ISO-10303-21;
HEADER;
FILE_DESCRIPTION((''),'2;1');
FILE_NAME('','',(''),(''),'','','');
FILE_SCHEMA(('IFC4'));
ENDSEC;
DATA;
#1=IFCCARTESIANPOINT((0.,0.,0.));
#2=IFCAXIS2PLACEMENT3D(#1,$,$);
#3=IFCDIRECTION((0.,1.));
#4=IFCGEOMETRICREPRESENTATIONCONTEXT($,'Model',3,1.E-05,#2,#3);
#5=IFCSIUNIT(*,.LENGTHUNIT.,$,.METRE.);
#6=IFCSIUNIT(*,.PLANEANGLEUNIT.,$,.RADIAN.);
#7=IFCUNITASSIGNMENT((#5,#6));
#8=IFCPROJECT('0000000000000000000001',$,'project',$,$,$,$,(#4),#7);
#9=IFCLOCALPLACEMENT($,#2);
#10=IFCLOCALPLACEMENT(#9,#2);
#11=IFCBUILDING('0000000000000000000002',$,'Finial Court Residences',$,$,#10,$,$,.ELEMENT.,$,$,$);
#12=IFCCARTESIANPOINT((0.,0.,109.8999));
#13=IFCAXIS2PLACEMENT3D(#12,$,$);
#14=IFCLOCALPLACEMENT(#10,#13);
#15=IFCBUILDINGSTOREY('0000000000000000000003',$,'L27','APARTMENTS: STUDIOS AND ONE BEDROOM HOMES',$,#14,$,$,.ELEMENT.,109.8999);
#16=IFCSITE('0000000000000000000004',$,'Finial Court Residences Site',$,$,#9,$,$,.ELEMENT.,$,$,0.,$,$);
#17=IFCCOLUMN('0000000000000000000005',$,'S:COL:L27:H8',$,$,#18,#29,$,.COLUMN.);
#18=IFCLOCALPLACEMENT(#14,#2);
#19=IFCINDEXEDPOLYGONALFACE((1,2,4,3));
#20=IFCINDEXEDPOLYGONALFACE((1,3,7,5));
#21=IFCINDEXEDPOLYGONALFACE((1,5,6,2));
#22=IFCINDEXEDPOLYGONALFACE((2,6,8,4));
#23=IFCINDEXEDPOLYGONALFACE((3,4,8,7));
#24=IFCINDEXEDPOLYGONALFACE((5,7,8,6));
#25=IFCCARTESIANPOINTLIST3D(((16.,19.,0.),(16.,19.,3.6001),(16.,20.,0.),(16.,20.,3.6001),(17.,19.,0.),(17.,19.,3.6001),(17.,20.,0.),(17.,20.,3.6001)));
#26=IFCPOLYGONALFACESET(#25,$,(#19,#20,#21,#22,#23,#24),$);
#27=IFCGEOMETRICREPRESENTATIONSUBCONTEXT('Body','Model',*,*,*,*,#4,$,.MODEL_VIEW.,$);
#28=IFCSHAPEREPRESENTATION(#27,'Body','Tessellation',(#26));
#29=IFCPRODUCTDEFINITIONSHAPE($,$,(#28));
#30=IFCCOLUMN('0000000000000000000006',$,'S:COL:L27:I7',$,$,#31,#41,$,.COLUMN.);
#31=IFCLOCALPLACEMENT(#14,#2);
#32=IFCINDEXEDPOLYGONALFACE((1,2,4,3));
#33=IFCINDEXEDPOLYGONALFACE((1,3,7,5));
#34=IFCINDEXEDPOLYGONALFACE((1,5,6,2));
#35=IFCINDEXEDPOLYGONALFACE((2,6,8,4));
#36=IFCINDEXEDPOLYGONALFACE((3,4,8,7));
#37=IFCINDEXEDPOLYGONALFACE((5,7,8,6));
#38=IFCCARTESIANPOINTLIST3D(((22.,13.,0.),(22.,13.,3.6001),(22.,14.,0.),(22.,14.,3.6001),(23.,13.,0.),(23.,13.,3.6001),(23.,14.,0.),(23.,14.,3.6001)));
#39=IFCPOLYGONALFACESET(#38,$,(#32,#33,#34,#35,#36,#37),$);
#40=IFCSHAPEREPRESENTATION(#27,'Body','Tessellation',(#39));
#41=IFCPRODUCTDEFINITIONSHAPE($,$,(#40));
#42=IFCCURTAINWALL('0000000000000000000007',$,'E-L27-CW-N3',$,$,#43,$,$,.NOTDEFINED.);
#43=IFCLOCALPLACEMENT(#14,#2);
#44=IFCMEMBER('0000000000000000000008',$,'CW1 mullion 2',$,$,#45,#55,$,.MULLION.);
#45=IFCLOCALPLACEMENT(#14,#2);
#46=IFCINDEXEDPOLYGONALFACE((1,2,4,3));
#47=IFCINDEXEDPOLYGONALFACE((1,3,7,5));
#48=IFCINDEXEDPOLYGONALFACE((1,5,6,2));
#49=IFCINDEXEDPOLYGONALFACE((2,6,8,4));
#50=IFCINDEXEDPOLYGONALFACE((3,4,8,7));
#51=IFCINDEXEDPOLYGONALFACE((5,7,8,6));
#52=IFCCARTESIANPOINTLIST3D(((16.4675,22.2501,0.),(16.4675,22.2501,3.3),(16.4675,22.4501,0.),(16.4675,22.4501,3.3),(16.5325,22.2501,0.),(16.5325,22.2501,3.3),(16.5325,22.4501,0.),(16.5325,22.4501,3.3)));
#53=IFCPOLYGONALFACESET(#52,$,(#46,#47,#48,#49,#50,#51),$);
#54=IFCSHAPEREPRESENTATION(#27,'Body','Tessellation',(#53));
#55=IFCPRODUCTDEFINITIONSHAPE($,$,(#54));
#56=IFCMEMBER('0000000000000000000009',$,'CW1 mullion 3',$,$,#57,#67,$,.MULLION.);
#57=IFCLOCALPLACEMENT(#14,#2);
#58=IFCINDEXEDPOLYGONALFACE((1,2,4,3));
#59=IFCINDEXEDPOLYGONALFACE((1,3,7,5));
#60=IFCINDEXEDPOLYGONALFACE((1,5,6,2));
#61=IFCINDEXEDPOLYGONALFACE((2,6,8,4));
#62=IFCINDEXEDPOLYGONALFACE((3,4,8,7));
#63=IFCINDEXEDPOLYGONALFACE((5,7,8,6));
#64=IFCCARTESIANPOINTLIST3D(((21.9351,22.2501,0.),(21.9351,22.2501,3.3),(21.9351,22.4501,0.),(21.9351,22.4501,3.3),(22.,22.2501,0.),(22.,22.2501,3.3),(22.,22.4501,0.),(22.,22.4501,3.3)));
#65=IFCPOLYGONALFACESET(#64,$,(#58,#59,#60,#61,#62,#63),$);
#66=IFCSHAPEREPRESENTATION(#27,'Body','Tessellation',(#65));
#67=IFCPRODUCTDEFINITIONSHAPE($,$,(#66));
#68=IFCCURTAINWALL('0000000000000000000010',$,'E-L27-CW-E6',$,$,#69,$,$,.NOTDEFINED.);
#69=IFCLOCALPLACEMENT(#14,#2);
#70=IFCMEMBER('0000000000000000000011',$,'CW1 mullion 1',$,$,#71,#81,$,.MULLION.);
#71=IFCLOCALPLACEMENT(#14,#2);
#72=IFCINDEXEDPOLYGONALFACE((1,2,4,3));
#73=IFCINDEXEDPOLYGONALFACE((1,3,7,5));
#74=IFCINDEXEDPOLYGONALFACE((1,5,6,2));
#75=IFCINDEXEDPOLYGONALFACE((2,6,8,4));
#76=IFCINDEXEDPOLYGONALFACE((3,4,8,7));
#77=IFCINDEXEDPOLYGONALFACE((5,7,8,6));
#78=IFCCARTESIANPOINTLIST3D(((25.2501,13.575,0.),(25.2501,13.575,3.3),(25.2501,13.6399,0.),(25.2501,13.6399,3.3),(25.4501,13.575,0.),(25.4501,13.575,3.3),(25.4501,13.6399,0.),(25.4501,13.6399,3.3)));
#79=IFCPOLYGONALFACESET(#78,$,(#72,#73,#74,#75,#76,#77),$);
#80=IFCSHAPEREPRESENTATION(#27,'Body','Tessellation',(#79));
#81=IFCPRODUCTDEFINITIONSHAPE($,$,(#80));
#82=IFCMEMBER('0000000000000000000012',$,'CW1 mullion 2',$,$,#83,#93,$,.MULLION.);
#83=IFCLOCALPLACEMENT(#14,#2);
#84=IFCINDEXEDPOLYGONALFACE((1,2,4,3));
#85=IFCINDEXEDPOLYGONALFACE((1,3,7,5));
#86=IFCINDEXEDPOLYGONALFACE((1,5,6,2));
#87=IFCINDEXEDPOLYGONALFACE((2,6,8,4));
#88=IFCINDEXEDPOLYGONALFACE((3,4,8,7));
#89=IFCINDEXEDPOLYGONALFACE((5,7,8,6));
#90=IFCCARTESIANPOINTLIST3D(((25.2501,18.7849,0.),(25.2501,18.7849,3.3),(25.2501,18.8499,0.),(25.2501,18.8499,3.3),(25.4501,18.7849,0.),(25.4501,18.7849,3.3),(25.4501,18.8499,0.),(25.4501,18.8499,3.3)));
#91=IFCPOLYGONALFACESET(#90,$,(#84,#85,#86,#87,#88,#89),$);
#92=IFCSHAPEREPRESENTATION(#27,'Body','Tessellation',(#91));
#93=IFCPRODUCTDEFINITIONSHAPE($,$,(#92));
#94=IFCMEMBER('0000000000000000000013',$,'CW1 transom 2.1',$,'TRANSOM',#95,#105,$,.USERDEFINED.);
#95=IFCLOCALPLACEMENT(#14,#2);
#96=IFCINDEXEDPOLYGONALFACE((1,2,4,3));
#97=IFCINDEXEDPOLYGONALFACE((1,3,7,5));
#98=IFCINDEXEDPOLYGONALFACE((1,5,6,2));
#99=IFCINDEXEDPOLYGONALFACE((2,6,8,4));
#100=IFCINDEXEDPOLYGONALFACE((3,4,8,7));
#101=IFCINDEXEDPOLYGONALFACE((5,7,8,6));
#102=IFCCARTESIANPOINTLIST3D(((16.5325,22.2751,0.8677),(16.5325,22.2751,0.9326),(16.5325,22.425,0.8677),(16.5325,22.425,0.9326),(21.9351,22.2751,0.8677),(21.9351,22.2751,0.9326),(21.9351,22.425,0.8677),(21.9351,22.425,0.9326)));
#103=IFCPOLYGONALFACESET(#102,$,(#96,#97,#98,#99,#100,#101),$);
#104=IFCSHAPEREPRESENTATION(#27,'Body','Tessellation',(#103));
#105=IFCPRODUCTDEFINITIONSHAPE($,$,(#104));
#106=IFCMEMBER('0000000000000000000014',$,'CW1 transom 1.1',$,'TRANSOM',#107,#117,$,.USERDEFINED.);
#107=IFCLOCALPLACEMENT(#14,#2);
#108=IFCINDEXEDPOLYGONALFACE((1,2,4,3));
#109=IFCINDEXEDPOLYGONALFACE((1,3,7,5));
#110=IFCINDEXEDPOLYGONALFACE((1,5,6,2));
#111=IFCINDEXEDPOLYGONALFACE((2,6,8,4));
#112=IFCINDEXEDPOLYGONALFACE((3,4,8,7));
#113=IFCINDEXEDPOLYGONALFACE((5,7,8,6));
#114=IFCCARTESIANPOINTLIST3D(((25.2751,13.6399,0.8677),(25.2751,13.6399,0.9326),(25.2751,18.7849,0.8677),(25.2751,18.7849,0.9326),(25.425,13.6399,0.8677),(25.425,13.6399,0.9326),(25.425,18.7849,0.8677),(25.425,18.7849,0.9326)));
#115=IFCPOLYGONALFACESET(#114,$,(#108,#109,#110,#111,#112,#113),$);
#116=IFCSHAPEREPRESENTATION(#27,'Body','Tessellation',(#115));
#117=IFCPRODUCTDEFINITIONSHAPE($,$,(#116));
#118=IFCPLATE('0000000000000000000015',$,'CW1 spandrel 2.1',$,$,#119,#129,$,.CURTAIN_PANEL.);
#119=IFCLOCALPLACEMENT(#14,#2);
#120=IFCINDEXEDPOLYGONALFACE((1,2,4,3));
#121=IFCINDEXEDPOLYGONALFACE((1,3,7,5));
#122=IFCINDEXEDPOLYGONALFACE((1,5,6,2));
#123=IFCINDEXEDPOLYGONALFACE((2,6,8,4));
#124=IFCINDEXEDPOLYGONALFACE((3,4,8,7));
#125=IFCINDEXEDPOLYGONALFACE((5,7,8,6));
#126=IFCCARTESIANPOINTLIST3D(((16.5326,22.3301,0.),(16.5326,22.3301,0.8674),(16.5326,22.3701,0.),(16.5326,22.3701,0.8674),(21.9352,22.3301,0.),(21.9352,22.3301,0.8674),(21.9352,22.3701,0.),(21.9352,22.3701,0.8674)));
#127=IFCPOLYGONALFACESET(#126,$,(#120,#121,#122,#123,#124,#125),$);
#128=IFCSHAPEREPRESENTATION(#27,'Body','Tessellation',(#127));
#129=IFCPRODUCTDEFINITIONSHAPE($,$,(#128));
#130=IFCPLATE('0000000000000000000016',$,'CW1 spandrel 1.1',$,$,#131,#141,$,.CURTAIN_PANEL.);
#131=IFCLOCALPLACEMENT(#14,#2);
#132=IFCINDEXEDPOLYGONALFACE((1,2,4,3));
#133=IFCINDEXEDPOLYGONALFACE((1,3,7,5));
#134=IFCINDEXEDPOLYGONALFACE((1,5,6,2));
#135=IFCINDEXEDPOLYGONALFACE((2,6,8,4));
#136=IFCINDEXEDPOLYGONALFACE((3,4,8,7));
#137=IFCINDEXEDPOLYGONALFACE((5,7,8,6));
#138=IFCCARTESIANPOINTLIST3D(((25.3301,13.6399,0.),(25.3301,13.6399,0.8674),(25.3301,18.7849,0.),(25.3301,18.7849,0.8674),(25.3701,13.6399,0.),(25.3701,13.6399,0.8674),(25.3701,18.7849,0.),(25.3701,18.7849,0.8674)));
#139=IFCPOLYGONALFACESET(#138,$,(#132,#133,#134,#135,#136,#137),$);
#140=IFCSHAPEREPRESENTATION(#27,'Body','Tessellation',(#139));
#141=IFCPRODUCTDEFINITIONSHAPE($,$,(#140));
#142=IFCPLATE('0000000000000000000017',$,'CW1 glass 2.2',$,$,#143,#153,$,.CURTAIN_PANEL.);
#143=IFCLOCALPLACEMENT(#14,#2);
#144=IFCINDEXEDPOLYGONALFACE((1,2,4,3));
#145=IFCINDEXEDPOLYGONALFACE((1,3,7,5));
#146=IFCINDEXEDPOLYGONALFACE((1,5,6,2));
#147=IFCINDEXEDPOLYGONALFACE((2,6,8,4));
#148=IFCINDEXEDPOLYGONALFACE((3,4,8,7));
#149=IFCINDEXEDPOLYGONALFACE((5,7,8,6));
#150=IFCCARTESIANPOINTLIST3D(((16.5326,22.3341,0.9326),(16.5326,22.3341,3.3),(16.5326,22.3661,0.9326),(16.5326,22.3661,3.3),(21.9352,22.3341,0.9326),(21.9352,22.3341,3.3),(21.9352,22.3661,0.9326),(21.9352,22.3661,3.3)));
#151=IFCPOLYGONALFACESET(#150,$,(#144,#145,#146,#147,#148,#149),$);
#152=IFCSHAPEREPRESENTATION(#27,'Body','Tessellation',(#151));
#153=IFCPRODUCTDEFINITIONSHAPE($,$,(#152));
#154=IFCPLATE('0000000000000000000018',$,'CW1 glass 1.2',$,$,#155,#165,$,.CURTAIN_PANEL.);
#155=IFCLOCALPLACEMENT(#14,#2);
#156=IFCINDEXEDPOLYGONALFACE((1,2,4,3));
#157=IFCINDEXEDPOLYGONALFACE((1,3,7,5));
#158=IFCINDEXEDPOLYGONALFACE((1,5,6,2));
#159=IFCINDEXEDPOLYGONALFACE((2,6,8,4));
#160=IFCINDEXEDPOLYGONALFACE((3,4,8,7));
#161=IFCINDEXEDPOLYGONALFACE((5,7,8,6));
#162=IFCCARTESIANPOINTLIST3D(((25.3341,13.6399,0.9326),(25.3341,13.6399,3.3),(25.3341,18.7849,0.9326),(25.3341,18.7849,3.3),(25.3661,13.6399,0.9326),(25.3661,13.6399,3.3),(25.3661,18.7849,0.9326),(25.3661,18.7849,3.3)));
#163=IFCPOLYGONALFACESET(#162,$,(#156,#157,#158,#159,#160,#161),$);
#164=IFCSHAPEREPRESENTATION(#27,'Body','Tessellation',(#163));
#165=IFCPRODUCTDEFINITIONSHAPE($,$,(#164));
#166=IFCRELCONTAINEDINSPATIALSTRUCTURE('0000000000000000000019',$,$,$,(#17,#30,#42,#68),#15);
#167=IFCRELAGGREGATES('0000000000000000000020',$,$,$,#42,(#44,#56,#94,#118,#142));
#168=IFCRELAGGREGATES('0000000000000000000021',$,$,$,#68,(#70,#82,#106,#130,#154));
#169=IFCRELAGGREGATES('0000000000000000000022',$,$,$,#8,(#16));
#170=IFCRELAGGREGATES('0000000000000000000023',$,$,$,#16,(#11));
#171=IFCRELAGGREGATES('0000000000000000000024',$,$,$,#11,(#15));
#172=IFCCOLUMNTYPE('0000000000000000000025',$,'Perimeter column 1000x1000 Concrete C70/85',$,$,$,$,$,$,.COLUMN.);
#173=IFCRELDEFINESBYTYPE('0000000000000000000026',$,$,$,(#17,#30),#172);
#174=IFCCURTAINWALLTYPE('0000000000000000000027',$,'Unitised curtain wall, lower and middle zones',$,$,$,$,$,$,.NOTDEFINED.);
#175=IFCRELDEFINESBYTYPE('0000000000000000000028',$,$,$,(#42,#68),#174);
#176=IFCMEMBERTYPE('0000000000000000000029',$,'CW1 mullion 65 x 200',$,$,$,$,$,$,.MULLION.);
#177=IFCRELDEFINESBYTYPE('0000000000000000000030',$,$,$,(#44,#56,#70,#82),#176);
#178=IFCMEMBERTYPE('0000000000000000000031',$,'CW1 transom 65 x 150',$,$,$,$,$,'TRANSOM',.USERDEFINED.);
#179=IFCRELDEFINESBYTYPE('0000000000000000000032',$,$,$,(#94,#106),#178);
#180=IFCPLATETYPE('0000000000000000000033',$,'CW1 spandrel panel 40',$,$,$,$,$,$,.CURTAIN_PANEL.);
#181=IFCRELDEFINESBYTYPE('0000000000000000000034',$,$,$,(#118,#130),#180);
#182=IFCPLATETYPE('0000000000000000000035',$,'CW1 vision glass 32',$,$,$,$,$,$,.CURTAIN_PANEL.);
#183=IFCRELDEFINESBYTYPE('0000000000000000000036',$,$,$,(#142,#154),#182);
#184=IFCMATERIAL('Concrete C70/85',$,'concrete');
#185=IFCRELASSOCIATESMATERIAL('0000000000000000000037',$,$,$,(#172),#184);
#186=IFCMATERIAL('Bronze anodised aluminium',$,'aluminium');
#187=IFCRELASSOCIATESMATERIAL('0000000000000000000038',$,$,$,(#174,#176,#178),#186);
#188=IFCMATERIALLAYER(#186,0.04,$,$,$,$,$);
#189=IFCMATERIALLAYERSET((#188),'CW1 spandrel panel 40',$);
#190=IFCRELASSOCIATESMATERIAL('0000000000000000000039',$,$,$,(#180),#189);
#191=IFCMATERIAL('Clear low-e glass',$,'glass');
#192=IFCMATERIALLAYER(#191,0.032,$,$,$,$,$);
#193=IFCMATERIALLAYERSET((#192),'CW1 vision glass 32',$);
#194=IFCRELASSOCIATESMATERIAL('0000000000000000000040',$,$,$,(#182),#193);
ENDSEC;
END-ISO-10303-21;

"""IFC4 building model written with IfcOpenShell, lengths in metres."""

from ifc_helpers import new_model, si_unit, direction, frame, origin, origin_2d, place, context, subcontext, project, spatial, rectangle, extrude, material, layer, layer_set, material_profile, profile_set, type_object, element, aggregate, save


model = new_model("IFC4")

# Units and contexts
model_context = context("Model", 3, precision=1e-05, world=origin(), true_north=direction((0.0, 1.0)))
body_context = subcontext(model_context, "Body", "Model", "MODEL_VIEW")
ifc_project = project(units=[si_unit("LENGTHUNIT", "METRE"), si_unit("PLANEANGLEUNIT", "RADIAN")], contexts=[model_context])

# Site, building, storey
site_placement = place(None, origin())
site = spatial("IfcSite", under=ifc_project, at=site_placement, Name="Finial Court Residences Site", CompositionType="ELEMENT", RefElevation=0.0)
building_placement = place(site_placement, origin())
building = spatial("IfcBuilding", under=site, at=building_placement, Name="Finial Court Residences", CompositionType="ELEMENT")
storey_placement = place(building_placement, frame((0.0, 0.0, 109.8999)))
storey = spatial("IfcBuildingStorey", under=building, at=storey_placement, Name="L27", Description="APARTMENTS: STUDIOS AND ONE BEDROOM HOMES", CompositionType="ELEMENT", Elevation=109.8999)

# Columns
ifc_material_1 = material(Name="Concrete C70/85", Category="concrete")
ifc_material_profile_1 = material_profile(ifc_material_1, rectangle(XDim=1.0, YDim=1.0, at=origin_2d()), Name="1000x1000")
ifc_profile_set_1 = profile_set([ifc_material_profile_1], Name="Concrete C70/85")
column_type = type_object("IfcColumnType", Name="Perimeter column 1000x1000 Concrete C70/85", PredefinedType="COLUMN", material=ifc_profile_set_1)
for number, where, z_axis, x_axis, name in (
    (1, (16.5, 19.5, 0.0), (0.0, 0.0, 1.0), (1.0, 0.0, 0.0), "S:COL:L27:H8"),
    (2, (22.5, 13.5, 0.0), (0.0, 0.0, 1.0), (1.0, 0.0, 0.0), "S:COL:L27:I7"),
):
    element("IfcColumn", number, at=place(storey_placement, frame(where, z_axis=z_axis, x_axis=x_axis)), inside=storey, type_object=column_type, Name=name, PredefinedType="COLUMN", context=body_context, shape_type="SweptSolid", body=[
        extrude(rectangle(XDim=1.0, YDim=1.0, at=origin_2d()), origin(), (0.0, 0.0, 1.0), 3.6001),
    ])

# Curtain walls, members
ifc_material_2 = material(Name="Bronze anodised aluminium", Category="aluminium")
curtain_wall_type = type_object("IfcCurtainWallType", Name="Unitised curtain wall, lower and middle zones", PredefinedType="NOTDEFINED", material=ifc_material_2)
curtain_wall_1_placement = place(storey_placement, origin())
curtain_wall_1 = element("IfcCurtainWall", 3, at=curtain_wall_1_placement, inside=storey, type_object=curtain_wall_type, Name="E-L27-CW-N3", PredefinedType="NOTDEFINED")
ifc_material_profile_2 = material_profile(ifc_material_2, rectangle(XDim=0.2, YDim=0.0649, at=origin_2d()), Name="CW1 mullion 65 x 200")
ifc_profile_set_2 = profile_set([ifc_material_profile_2], Name="Bronze anodised aluminium")
member_type_1 = type_object("IfcMemberType", Name="CW1 mullion 65 x 200", PredefinedType="MULLION", material=ifc_profile_set_2)
member_1_placement = place(storey_placement, frame((16.5, 22.3501, 0.0), z_axis=(0.0, 0.0, 1.0), x_axis=(0.0, 1.0, 0.0)))
member_1 = element("IfcMember", 4, at=member_1_placement, type_object=member_type_1, Name="CW1 mullion 2", PredefinedType="MULLION", context=body_context, shape_type="SweptSolid", body=[
    extrude(rectangle(XDim=0.2, YDim=0.0649, at=origin_2d()), origin(), (0.0, 0.0, 1.0), 3.3),
])
member_2_placement = place(storey_placement, frame((21.9675, 22.3501, 0.0), z_axis=(0.0, 0.0, 1.0), x_axis=(0.0, 1.0, 0.0)))
member_2 = element("IfcMember", 5, at=member_2_placement, type_object=member_type_1, Name="CW1 mullion 3", PredefinedType="MULLION", context=body_context, shape_type="SweptSolid", body=[
    extrude(rectangle(XDim=0.2, YDim=0.0649, at=origin_2d()), origin(), (0.0, 0.0, 1.0), 3.3),
])
curtain_wall_2_placement = place(storey_placement, origin())
curtain_wall_2 = element("IfcCurtainWall", 6, at=curtain_wall_2_placement, inside=storey, type_object=curtain_wall_type, Name="E-L27-CW-E6", PredefinedType="NOTDEFINED")
member_3_placement = place(storey_placement, frame((25.3501, 13.6074, 0.0), z_axis=(0.0, 0.0, 1.0), x_axis=(-1.0, 0.0, 0.0)))
member_3 = element("IfcMember", 7, at=member_3_placement, type_object=member_type_1, Name="CW1 mullion 1", PredefinedType="MULLION", context=body_context, shape_type="SweptSolid", body=[
    extrude(rectangle(XDim=0.2, YDim=0.0649, at=origin_2d()), origin(), (0.0, 0.0, 1.0), 3.3),
])
member_4_placement = place(storey_placement, frame((25.3501, 18.8174, 0.0), z_axis=(0.0, 0.0, 1.0), x_axis=(-1.0, 0.0, 0.0)))
member_4 = element("IfcMember", 8, at=member_4_placement, type_object=member_type_1, Name="CW1 mullion 2", PredefinedType="MULLION", context=body_context, shape_type="SweptSolid", body=[
    extrude(rectangle(XDim=0.2, YDim=0.0649, at=origin_2d()), origin(), (0.0, 0.0, 1.0), 3.3),
])

# Members
ifc_material_profile_3 = material_profile(ifc_material_2, rectangle(XDim=0.1499, YDim=0.0649, at=origin_2d()), Name="CW1 transom 65 x 150")
ifc_profile_set_3 = profile_set([ifc_material_profile_3], Name="Bronze anodised aluminium")
member_type_2 = type_object("IfcMemberType", Name="CW1 transom 65 x 150", ElementType="TRANSOM", PredefinedType="USERDEFINED", material=ifc_profile_set_3)
member_5_placement = place(storey_placement, frame((16.5325, 22.3501, 0.9001), z_axis=(1.0, 0.0, 0.0), x_axis=(0.0, 1.0, 0.0)))
member_5 = element("IfcMember", 9, at=member_5_placement, type_object=member_type_2, Name="CW1 transom 2.1", ObjectType="TRANSOM", PredefinedType="USERDEFINED", context=body_context, shape_type="SweptSolid", body=[
    extrude(rectangle(XDim=0.1499, YDim=0.0649, at=origin_2d()), origin(), (0.0, 0.0, 1.0), 5.4026),
])
member_6_placement = place(storey_placement, frame((25.3501, 13.6399, 0.9001), z_axis=(0.0, 1.0, 0.0), x_axis=(-1.0, 0.0, 0.0)))
member_6 = element("IfcMember", 10, at=member_6_placement, type_object=member_type_2, Name="CW1 transom 1.1", ObjectType="TRANSOM", PredefinedType="USERDEFINED", context=body_context, shape_type="SweptSolid", body=[
    extrude(rectangle(XDim=0.1499, YDim=0.0649, at=origin_2d()), origin(), (0.0, 0.0, 1.0), 5.145),
])

# Plates
ifc_layer_1 = layer(ifc_material_2, 0.04)
ifc_layer_set_1 = layer_set([ifc_layer_1], Name="CW1 spandrel panel 40")
plate_type_1 = type_object("IfcPlateType", Name="CW1 spandrel panel 40", PredefinedType="CURTAIN_PANEL", material=ifc_layer_set_1)
plate_1_placement = place(storey_placement, frame((19.2339, 22.3501, 0.0), z_axis=(0.0, 0.0, 1.0), x_axis=(1.0, 0.0, 0.0)))
plate_1 = element("IfcPlate", 11, at=plate_1_placement, type_object=plate_type_1, Name="CW1 spandrel 2.1", PredefinedType="CURTAIN_PANEL", context=body_context, shape_type="SweptSolid", body=[
    extrude(rectangle(XDim=5.4026, YDim=0.04, at=origin_2d()), origin(), (0.0, 0.0, 1.0), 0.8674),
])
plate_2_placement = place(storey_placement, frame((25.3501, 16.2124, 0.0), z_axis=(0.0, 0.0, 1.0), x_axis=(0.0, 1.0, 0.0)))
plate_2 = element("IfcPlate", 12, at=plate_2_placement, type_object=plate_type_1, Name="CW1 spandrel 1.1", PredefinedType="CURTAIN_PANEL", context=body_context, shape_type="SweptSolid", body=[
    extrude(rectangle(XDim=5.145, YDim=0.04, at=origin_2d()), origin(), (0.0, 0.0, 1.0), 0.8674),
])
ifc_material_3 = material(Name="Clear low-e glass", Category="glass")
ifc_layer_2 = layer(ifc_material_3, 0.032)
ifc_layer_set_2 = layer_set([ifc_layer_2], Name="CW1 vision glass 32")
plate_type_2 = type_object("IfcPlateType", Name="CW1 vision glass 32", PredefinedType="CURTAIN_PANEL", material=ifc_layer_set_2)
plate_3_placement = place(storey_placement, frame((19.2339, 22.3501, 0.9326), z_axis=(0.0, 0.0, 1.0), x_axis=(1.0, 0.0, 0.0)))
plate_3 = element("IfcPlate", 13, at=plate_3_placement, type_object=plate_type_2, Name="CW1 glass 2.2", PredefinedType="CURTAIN_PANEL", context=body_context, shape_type="SweptSolid", body=[
    extrude(rectangle(XDim=5.4026, YDim=0.032, at=origin_2d()), origin(), (0.0, 0.0, 1.0), 2.3674),
])
aggregate(curtain_wall_1, [member_1, member_2, member_5, plate_1, plate_3])
plate_4_placement = place(storey_placement, frame((25.3501, 16.2124, 0.9326), z_axis=(0.0, 0.0, 1.0), x_axis=(0.0, 1.0, 0.0)))
plate_4 = element("IfcPlate", 14, at=plate_4_placement, type_object=plate_type_2, Name="CW1 glass 1.2", PredefinedType="CURTAIN_PANEL", context=body_context, shape_type="SweptSolid", body=[
    extrude(rectangle(XDim=5.145, YDim=0.032, at=origin_2d()), origin(), (0.0, 0.0, 1.0), 2.3674),
])
aggregate(curtain_wall_2, [member_3, member_4, member_6, plate_2, plate_4])

save(model, "model.ifc")
